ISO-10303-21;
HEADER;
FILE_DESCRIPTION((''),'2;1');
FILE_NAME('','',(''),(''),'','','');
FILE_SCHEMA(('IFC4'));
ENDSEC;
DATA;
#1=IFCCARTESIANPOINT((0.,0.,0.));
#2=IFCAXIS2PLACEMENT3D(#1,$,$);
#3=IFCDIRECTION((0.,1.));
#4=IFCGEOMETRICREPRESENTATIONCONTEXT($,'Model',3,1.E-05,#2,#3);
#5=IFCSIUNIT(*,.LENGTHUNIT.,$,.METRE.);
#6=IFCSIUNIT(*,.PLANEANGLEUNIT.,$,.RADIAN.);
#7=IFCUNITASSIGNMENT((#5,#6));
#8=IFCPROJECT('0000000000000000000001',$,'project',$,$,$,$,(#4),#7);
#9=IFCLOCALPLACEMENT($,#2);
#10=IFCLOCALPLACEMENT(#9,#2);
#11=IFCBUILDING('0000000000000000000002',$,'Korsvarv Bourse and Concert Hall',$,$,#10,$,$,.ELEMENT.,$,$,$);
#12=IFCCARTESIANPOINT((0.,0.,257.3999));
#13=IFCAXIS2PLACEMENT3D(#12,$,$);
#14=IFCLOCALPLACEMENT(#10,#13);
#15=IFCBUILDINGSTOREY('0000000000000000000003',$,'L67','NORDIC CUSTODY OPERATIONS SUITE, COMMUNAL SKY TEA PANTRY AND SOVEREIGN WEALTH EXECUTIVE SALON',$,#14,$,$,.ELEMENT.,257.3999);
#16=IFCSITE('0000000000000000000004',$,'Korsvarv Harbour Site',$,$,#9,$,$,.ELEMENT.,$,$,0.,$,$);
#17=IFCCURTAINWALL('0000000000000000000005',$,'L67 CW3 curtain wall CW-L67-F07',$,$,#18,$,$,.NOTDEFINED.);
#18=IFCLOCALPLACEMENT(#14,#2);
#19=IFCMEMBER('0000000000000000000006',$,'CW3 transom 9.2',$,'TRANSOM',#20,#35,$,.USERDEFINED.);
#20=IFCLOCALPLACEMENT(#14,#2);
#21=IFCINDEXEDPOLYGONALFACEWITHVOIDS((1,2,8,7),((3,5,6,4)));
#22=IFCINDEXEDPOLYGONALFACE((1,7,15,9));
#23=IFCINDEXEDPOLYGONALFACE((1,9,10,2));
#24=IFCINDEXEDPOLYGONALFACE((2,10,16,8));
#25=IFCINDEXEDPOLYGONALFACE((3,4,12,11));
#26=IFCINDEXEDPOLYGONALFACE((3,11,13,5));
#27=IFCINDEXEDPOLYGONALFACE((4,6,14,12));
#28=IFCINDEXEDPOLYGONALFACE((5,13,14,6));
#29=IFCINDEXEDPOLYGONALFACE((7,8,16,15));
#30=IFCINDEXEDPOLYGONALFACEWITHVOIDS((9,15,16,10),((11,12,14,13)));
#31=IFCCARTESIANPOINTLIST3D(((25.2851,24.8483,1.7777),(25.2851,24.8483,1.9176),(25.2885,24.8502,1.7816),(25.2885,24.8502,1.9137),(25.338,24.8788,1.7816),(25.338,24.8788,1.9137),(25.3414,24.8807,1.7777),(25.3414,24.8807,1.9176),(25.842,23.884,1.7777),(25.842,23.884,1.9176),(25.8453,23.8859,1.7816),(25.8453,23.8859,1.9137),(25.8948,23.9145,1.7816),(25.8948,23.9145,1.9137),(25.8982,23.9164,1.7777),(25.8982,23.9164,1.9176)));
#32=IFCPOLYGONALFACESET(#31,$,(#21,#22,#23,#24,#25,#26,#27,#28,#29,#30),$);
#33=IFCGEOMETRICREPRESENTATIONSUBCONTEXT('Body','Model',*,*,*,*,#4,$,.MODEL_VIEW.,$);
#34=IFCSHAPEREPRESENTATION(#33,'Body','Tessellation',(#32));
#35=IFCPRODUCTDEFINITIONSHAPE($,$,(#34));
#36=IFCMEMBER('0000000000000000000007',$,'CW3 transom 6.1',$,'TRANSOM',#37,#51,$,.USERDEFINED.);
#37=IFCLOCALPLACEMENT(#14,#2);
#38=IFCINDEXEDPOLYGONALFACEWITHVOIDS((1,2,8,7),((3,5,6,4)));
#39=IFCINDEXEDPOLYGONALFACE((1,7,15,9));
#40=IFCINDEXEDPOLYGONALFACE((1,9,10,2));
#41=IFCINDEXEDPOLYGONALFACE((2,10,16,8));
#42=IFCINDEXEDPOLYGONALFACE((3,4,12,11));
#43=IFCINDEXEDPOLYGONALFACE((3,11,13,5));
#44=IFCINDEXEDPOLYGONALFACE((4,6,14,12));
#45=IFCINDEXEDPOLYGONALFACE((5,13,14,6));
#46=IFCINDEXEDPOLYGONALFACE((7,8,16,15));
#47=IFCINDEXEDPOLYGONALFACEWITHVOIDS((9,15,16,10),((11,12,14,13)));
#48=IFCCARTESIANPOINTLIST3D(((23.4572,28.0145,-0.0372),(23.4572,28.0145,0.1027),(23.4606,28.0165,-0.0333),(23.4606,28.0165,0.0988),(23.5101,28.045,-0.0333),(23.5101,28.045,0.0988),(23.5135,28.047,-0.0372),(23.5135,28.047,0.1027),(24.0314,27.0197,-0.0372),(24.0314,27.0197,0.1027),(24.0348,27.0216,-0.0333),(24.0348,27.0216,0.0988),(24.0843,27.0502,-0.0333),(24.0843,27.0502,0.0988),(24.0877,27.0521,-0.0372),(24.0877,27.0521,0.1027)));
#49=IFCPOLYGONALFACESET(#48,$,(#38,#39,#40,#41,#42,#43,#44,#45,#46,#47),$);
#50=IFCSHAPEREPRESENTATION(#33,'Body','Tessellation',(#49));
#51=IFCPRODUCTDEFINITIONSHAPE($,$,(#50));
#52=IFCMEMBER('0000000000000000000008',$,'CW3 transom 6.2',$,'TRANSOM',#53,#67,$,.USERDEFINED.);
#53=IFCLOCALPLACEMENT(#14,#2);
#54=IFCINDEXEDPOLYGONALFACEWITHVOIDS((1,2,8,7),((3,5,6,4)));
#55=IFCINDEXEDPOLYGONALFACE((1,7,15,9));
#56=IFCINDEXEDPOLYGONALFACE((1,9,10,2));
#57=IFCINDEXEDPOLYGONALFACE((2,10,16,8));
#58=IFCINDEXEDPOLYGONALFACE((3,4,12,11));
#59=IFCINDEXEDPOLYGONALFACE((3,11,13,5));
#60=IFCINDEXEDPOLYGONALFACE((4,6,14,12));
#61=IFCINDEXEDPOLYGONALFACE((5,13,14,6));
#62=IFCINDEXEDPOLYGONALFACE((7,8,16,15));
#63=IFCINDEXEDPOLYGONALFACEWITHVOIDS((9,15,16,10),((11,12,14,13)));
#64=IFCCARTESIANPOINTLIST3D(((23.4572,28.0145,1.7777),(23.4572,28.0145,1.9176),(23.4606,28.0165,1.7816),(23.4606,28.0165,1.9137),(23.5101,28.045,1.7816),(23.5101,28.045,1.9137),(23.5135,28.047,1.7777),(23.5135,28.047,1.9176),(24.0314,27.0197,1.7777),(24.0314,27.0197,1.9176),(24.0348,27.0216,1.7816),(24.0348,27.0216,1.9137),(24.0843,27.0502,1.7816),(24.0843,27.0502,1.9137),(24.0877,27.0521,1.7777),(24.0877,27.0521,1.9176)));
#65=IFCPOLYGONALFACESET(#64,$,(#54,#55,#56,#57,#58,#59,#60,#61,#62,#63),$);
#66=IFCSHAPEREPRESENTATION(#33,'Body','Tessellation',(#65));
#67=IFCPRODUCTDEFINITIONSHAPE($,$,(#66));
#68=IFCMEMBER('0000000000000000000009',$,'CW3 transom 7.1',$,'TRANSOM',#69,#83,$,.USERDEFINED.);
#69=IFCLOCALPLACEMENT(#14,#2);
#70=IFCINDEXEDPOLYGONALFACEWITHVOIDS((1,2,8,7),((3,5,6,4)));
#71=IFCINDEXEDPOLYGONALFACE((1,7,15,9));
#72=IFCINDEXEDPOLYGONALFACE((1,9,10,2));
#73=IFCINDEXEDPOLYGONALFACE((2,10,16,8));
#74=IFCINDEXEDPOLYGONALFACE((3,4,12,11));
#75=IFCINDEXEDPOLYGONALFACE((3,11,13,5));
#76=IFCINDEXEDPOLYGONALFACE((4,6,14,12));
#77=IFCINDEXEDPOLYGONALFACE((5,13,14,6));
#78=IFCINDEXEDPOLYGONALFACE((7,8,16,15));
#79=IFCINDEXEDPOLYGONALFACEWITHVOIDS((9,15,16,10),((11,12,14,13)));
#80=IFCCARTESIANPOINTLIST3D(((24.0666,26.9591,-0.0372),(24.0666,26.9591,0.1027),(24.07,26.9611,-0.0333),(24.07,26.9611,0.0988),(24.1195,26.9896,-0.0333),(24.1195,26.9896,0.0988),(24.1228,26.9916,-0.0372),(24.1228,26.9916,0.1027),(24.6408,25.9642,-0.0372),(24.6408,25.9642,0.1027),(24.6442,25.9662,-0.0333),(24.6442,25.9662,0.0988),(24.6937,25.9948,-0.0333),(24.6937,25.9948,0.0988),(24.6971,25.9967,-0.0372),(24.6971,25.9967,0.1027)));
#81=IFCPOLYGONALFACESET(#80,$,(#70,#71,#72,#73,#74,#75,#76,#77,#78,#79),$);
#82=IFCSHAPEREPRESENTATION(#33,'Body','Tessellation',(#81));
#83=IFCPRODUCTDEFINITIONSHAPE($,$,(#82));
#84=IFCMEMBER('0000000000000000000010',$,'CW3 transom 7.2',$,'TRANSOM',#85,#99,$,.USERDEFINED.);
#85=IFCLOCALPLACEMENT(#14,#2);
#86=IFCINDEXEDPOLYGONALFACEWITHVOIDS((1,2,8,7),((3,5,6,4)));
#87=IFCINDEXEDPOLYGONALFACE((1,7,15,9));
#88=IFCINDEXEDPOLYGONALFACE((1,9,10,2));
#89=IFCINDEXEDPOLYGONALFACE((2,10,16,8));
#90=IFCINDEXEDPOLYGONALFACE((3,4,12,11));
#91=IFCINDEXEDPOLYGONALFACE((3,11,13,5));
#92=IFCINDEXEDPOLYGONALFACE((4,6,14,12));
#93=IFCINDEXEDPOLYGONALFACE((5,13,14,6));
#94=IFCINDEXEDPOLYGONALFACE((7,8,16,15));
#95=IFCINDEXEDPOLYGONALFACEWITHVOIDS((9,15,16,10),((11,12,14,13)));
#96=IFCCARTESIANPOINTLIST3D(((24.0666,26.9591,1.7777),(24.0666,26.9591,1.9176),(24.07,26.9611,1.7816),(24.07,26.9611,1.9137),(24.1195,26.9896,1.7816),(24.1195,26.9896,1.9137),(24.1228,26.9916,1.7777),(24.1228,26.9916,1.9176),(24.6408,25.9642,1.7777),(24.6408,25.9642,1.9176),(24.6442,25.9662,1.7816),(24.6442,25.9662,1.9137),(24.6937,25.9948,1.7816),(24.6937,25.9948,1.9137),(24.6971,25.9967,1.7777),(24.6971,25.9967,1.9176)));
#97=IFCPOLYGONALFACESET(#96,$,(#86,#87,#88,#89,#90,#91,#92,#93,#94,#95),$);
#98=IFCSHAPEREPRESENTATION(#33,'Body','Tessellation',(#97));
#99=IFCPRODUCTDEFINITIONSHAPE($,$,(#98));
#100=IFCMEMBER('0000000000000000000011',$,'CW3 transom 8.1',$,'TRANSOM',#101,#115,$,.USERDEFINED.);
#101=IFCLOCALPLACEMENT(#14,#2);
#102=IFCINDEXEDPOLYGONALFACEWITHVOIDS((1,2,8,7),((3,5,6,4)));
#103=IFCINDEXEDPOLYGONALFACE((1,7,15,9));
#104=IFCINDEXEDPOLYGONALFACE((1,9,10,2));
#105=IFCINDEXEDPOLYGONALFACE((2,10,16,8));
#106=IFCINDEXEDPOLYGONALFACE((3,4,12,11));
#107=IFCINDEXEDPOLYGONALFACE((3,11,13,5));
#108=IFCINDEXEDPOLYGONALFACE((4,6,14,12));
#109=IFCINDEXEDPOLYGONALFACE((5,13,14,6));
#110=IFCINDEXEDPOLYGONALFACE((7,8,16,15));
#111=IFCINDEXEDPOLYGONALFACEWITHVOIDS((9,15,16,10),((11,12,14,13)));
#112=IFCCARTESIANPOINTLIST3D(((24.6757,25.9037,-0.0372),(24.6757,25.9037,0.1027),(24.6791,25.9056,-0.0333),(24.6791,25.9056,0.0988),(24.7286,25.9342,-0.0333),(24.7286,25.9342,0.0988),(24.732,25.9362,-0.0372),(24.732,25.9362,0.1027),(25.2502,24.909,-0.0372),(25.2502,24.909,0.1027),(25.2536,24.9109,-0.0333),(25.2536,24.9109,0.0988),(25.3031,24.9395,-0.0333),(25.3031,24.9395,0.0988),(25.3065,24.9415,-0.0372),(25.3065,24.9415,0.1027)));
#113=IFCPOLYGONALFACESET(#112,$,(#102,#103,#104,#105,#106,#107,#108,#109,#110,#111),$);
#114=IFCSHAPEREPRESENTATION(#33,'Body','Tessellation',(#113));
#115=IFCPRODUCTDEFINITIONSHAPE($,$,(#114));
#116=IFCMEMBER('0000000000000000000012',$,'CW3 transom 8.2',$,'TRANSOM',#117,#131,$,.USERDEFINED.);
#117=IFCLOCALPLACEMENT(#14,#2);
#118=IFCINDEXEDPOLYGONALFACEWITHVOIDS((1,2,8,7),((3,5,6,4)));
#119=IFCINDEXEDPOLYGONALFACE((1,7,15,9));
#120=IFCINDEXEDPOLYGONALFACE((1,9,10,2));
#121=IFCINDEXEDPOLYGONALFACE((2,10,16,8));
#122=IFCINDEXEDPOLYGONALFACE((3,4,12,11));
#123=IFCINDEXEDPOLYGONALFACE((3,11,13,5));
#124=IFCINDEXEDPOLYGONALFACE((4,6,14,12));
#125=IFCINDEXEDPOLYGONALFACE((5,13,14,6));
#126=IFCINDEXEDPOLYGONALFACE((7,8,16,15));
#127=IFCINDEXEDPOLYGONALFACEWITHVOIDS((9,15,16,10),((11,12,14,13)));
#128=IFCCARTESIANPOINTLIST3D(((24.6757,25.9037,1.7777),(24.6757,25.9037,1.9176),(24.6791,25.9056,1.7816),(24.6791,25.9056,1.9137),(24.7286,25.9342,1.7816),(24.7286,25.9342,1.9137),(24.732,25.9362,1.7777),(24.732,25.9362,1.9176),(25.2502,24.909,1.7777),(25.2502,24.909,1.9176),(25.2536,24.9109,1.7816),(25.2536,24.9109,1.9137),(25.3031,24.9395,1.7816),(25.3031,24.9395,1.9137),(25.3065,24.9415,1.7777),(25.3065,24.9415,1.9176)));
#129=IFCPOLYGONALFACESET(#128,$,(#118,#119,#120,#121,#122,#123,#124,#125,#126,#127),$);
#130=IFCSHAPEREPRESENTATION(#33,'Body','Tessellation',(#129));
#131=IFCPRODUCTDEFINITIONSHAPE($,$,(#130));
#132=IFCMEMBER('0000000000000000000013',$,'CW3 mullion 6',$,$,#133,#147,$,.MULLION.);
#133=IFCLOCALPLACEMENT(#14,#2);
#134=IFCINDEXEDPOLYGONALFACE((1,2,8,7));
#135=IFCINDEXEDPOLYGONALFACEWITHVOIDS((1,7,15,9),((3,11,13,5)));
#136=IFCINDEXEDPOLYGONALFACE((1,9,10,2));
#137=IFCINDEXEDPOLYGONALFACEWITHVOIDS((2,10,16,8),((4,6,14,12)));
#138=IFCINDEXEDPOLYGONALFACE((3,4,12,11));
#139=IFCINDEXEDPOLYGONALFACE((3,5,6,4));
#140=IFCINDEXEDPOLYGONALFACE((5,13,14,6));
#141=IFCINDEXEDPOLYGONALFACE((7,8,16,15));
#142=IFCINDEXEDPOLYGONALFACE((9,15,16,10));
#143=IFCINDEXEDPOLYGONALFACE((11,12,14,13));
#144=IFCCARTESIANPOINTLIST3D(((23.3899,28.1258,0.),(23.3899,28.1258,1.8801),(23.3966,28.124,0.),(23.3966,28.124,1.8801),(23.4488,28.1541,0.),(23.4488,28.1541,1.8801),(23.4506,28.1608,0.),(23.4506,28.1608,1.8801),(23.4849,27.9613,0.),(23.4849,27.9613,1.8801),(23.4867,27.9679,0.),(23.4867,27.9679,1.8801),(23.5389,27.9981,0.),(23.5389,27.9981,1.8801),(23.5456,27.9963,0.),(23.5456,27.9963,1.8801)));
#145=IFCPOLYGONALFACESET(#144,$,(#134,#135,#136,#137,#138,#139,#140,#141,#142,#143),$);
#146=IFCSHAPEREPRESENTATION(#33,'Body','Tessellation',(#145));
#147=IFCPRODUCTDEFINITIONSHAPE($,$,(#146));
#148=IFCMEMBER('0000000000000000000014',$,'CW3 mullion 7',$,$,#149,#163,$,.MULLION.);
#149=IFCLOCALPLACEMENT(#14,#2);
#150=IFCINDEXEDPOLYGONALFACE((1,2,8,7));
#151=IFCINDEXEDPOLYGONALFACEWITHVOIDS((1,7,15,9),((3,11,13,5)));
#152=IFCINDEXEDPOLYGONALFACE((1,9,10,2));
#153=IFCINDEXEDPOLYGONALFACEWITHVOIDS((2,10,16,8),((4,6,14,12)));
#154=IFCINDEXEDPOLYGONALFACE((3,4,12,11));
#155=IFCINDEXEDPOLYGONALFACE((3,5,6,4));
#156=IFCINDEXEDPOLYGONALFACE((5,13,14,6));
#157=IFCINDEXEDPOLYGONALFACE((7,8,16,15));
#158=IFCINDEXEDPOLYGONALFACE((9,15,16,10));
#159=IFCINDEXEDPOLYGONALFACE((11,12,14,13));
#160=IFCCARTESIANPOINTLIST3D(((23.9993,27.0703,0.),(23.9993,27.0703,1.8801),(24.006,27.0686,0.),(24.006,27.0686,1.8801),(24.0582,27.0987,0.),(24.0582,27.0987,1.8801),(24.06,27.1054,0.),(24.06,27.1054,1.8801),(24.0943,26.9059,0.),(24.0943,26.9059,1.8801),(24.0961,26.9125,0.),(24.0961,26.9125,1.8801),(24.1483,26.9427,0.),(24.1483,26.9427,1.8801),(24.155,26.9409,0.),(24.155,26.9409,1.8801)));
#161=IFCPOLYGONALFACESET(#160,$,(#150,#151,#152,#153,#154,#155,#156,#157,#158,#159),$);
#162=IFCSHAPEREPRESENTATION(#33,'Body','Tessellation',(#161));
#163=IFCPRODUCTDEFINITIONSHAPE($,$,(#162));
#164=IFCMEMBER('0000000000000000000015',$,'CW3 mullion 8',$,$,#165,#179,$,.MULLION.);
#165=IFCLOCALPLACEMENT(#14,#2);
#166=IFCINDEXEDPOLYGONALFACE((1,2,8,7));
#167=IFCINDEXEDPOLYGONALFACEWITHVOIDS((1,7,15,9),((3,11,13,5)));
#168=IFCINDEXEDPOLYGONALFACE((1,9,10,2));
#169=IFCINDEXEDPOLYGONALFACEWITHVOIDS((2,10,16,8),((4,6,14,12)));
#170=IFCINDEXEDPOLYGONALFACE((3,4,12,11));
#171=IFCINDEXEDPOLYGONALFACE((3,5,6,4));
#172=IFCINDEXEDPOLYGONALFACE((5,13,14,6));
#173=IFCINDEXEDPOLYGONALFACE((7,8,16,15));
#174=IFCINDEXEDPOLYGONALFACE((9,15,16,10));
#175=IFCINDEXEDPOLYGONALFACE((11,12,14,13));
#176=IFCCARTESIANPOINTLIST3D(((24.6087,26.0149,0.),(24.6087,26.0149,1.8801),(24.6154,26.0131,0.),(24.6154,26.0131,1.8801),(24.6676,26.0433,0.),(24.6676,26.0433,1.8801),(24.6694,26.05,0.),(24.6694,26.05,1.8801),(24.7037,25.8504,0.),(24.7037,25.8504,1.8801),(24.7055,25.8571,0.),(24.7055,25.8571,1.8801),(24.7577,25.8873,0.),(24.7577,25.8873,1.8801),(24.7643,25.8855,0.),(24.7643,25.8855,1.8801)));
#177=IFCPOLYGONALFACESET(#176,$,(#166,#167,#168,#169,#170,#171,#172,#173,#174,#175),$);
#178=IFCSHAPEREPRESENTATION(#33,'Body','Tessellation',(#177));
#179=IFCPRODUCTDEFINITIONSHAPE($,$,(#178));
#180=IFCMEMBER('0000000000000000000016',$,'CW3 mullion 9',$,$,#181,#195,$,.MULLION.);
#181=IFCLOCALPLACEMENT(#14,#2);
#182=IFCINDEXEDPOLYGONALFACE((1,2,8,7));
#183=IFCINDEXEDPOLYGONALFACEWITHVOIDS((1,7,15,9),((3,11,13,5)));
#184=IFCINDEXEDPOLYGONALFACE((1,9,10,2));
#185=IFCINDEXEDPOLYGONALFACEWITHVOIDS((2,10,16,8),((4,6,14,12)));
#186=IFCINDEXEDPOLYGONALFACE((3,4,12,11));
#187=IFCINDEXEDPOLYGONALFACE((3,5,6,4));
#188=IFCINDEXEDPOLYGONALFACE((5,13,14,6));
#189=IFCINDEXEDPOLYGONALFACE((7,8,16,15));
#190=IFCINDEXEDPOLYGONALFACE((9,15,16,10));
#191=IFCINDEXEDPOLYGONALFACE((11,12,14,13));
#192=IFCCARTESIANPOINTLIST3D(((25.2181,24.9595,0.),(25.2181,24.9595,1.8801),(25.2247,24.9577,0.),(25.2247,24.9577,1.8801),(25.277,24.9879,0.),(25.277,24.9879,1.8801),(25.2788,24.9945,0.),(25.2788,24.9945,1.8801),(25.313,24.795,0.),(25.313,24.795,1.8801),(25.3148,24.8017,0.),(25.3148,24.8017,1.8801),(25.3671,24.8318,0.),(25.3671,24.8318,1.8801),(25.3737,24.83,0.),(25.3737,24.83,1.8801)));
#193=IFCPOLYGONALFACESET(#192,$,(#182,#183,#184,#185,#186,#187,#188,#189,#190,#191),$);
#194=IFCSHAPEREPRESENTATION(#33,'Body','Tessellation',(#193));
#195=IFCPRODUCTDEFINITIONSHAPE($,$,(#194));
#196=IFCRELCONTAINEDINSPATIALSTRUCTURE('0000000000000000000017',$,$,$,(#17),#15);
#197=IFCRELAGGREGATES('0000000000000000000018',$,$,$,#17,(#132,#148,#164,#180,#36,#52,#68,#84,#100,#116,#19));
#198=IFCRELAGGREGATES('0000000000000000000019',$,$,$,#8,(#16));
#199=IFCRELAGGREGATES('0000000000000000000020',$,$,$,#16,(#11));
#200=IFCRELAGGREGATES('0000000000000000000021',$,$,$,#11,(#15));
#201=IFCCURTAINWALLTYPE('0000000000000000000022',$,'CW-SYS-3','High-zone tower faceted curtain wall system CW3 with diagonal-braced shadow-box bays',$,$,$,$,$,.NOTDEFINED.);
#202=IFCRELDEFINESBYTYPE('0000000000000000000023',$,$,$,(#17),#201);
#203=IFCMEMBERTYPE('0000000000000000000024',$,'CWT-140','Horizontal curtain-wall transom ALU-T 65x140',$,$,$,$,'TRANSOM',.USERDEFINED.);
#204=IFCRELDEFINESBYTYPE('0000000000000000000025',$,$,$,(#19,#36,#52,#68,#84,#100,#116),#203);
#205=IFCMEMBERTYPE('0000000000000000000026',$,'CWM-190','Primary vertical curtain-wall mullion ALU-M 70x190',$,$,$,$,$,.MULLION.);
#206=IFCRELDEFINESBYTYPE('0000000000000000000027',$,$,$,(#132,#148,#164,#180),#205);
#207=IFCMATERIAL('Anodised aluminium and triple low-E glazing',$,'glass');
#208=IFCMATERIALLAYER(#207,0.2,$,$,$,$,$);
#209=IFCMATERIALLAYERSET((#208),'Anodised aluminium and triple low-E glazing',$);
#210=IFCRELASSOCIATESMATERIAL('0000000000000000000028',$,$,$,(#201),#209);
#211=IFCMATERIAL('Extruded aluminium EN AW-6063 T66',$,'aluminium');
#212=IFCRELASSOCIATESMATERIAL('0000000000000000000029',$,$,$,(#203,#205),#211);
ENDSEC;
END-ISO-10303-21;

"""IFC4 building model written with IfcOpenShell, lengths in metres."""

from ifc_helpers import new_model, si_unit, direction, frame, origin, origin_2d, place, context, subcontext, project, spatial, hollow_rectangle, extrude, source, transform, mapped, material, layer, layer_set, material_profile, profile_set, type_object, element, aggregate, save


model = new_model("IFC4")

# Units and contexts
model_context = context("Model", 3, precision=1e-05, world=origin(), true_north=direction((0.0, 1.0)))
body_context = subcontext(model_context, "Body", "Model", "MODEL_VIEW")
ifc_project = project(units=[si_unit("LENGTHUNIT", "METRE"), si_unit("PLANEANGLEUNIT", "RADIAN")], contexts=[model_context])

# Site, building, storey
site_placement = place(None, origin())
site = spatial("IfcSite", under=ifc_project, at=site_placement, Name="Korsvarv Harbour Site", CompositionType="ELEMENT", RefElevation=0.0)
building_placement = place(site_placement, origin())
building = spatial("IfcBuilding", under=site, at=building_placement, Name="Korsvarv Bourse and Concert Hall", CompositionType="ELEMENT")
storey_placement = place(building_placement, frame((0.0, 0.0, 257.3999)))
storey = spatial("IfcBuildingStorey", under=building, at=storey_placement, Name="L67", Description="NORDIC CUSTODY OPERATIONS SUITE, COMMUNAL SKY TEA PANTRY AND SOVEREIGN WEALTH EXECUTIVE SALON", CompositionType="ELEMENT", Elevation=257.3999)

# Curtain wall, members
ifc_material_1 = material(Name="Anodised aluminium and triple low-E glazing", Category="glass")
ifc_layer_1 = layer(ifc_material_1, 0.2)
ifc_layer_set_1 = layer_set([ifc_layer_1], Name="Anodised aluminium and triple low-E glazing")
curtain_wall_type = type_object("IfcCurtainWallType", Name="CW-SYS-3", Description="High-zone tower faceted curtain wall system CW3 with diagonal-braced shadow-box bays", PredefinedType="NOTDEFINED", material=ifc_layer_set_1)
curtain_wall_placement = place(storey_placement, origin())
curtain_wall = element("IfcCurtainWall", 1, at=curtain_wall_placement, inside=storey, type_object=curtain_wall_type, Name="L67 CW3 curtain wall CW-L67-F07", PredefinedType="NOTDEFINED")
ifc_material_2 = material(Name="Extruded aluminium EN AW-6063 T66", Category="aluminium")
ifc_material_profile_1 = material_profile(ifc_material_2, hollow_rectangle(XDim=0.0649, YDim=0.1399, WallThickness=0.0039, at=origin_2d()), Name="ALU-T 65x140")
ifc_profile_set_1 = profile_set([ifc_material_profile_1], Name="Extruded aluminium EN AW-6063 T66")
member_type_1 = type_object("IfcMemberType", Name="CWT-140", Description="Horizontal curtain-wall transom ALU-T 65x140", ElementType="TRANSOM", PredefinedType="USERDEFINED", material=ifc_profile_set_1)
shared_shape_1 = source(origin(), body_context, "Body", "SweptSolid", [
    extrude(hollow_rectangle(XDim=0.0649, YDim=0.1399, WallThickness=0.0039, at=origin_2d()), origin(), (0.0, 0.0, 1.0), 1.1135),
])
member_1_placement = place(storey_placement, frame((25.3132, 24.8645, 1.8477), z_axis=(0.500077, -0.865981, 0.0), x_axis=(0.865981, 0.500077, 0.0)))
member_1 = element("IfcMember", 2, at=member_1_placement, type_object=member_type_1, Name="CW3 transom 9.2", ObjectType="TRANSOM", PredefinedType="USERDEFINED", context=body_context, shape_type="MappedRepresentation", body=[
    mapped(shared_shape_1, transform((0.0, 0.0, 0.0), scale=1.0)),
])
shared_shape_2 = source(origin(), body_context, "Body", "SweptSolid", [
    extrude(hollow_rectangle(XDim=0.0649, YDim=0.1399, WallThickness=0.0039, at=origin_2d()), origin(), (0.0, 0.0, 1.0), 1.1487),
])
member_2_placement = place(storey_placement, frame((23.4854, 28.0308, 0.0327), z_axis=(0.499888, -0.86609, 0.0), x_axis=(0.86609, 0.499888, 0.0)))
member_2 = element("IfcMember", 3, at=member_2_placement, type_object=member_type_1, Name="CW3 transom 6.1", ObjectType="TRANSOM", PredefinedType="USERDEFINED", context=body_context, shape_type="MappedRepresentation", body=[
    mapped(shared_shape_2, transform((0.0, 0.0, 0.0), scale=1.0)),
])
member_3_placement = place(storey_placement, frame((23.4854, 28.0308, 1.8477), z_axis=(0.499888, -0.86609, 0.0), x_axis=(0.86609, 0.499888, 0.0)))
member_3 = element("IfcMember", 4, at=member_3_placement, type_object=member_type_1, Name="CW3 transom 6.2", ObjectType="TRANSOM", PredefinedType="USERDEFINED", context=body_context, shape_type="MappedRepresentation", body=[
    mapped(shared_shape_2, transform((0.0, 0.0, 0.0), scale=1.0)),
])
member_4_placement = place(storey_placement, frame((24.0947, 26.9753, 0.0327), z_axis=(0.499888, -0.86609, 0.0), x_axis=(0.86609, 0.499888, 0.0)))
member_4 = element("IfcMember", 5, at=member_4_placement, type_object=member_type_1, Name="CW3 transom 7.1", ObjectType="TRANSOM", PredefinedType="USERDEFINED", context=body_context, shape_type="MappedRepresentation", body=[
    mapped(shared_shape_2, transform((0.0, 0.0, 0.0), scale=1.0)),
])
member_5_placement = place(storey_placement, frame((24.0947, 26.9753, 1.8477), z_axis=(0.499888, -0.86609, 0.0), x_axis=(0.86609, 0.499888, 0.0)))
member_5 = element("IfcMember", 6, at=member_5_placement, type_object=member_type_1, Name="CW3 transom 7.2", ObjectType="TRANSOM", PredefinedType="USERDEFINED", context=body_context, shape_type="MappedRepresentation", body=[
    mapped(shared_shape_2, transform((0.0, 0.0, 0.0), scale=1.0)),
])
member_6_placement = place(storey_placement, frame((24.7039, 25.9199, 0.0327), z_axis=(0.500139, -0.865945, 0.0), x_axis=(0.865945, 0.500139, 0.0)))
member_6 = element("IfcMember", 7, at=member_6_placement, type_object=member_type_1, Name="CW3 transom 8.1", ObjectType="TRANSOM", PredefinedType="USERDEFINED", context=body_context, shape_type="MappedRepresentation", body=[
    mapped(shared_shape_2, transform((0.0, 0.0, 0.0), scale=1.0)),
])
member_7_placement = place(storey_placement, frame((24.7039, 25.9199, 1.8477), z_axis=(0.500139, -0.865945, 0.0), x_axis=(0.865945, 0.500139, 0.0)))
member_7 = element("IfcMember", 8, at=member_7_placement, type_object=member_type_1, Name="CW3 transom 8.2", ObjectType="TRANSOM", PredefinedType="USERDEFINED", context=body_context, shape_type="MappedRepresentation", body=[
    mapped(shared_shape_2, transform((0.0, 0.0, 0.0), scale=1.0)),
])
ifc_material_profile_2 = material_profile(ifc_material_2, hollow_rectangle(XDim=0.0701, YDim=0.1899, WallThickness=0.0049, at=origin_2d()), Name="ALU-M 70x190")
ifc_profile_set_2 = profile_set([ifc_material_profile_2], Name="Extruded aluminium EN AW-6063 T66")
member_type_2 = type_object("IfcMemberType", Name="CWM-190", Description="Primary vertical curtain-wall mullion ALU-M 70x190", PredefinedType="MULLION", material=ifc_profile_set_2)
shared_shape_3 = source(origin(), body_context, "Body", "SweptSolid", [
    extrude(hollow_rectangle(XDim=0.0701, YDim=0.1899, WallThickness=0.0049, at=origin_2d()), origin(), (0.0, 0.0, 1.0), 1.8801),
])
member_8_placement = place(storey_placement, frame((23.4678, 28.061, 0.0), z_axis=(0.0, 0.0, 1.0), x_axis=(0.866023, 0.500004, 0.0)))
member_8 = element("IfcMember", 9, at=member_8_placement, type_object=member_type_2, Name="CW3 mullion 6", PredefinedType="MULLION", context=body_context, shape_type="MappedRepresentation", body=[
    mapped(shared_shape_3, transform((0.0, 0.0, 0.0), scale=1.0)),
])
member_9_placement = place(storey_placement, frame((24.0771, 27.0056, 0.0), z_axis=(0.0, 0.0, 1.0), x_axis=(0.866023, 0.500004, 0.0)))
member_9 = element("IfcMember", 10, at=member_9_placement, type_object=member_type_2, Name="CW3 mullion 7", PredefinedType="MULLION", context=body_context, shape_type="MappedRepresentation", body=[
    mapped(shared_shape_3, transform((0.0, 0.0, 0.0), scale=1.0)),
])
member_10_placement = place(storey_placement, frame((24.6865, 25.9502, 0.0), z_axis=(0.0, 0.0, 1.0), x_axis=(0.866023, 0.500004, 0.0)))
member_10 = element("IfcMember", 11, at=member_10_placement, type_object=member_type_2, Name="CW3 mullion 8", PredefinedType="MULLION", context=body_context, shape_type="MappedRepresentation", body=[
    mapped(shared_shape_3, transform((0.0, 0.0, 0.0), scale=1.0)),
])
member_11_placement = place(storey_placement, frame((25.2959, 24.8948, 0.0), z_axis=(0.0, 0.0, 1.0), x_axis=(0.866023, 0.500004, 0.0)))
member_11 = element("IfcMember", 12, at=member_11_placement, type_object=member_type_2, Name="CW3 mullion 9", PredefinedType="MULLION", context=body_context, shape_type="MappedRepresentation", body=[
    mapped(shared_shape_3, transform((0.0, 0.0, 0.0), scale=1.0)),
])
aggregate(curtain_wall, [member_8, member_9, member_10, member_11, member_2, member_3, member_4, member_5, member_6, member_7, member_1])

save(model, "model.ifc")
